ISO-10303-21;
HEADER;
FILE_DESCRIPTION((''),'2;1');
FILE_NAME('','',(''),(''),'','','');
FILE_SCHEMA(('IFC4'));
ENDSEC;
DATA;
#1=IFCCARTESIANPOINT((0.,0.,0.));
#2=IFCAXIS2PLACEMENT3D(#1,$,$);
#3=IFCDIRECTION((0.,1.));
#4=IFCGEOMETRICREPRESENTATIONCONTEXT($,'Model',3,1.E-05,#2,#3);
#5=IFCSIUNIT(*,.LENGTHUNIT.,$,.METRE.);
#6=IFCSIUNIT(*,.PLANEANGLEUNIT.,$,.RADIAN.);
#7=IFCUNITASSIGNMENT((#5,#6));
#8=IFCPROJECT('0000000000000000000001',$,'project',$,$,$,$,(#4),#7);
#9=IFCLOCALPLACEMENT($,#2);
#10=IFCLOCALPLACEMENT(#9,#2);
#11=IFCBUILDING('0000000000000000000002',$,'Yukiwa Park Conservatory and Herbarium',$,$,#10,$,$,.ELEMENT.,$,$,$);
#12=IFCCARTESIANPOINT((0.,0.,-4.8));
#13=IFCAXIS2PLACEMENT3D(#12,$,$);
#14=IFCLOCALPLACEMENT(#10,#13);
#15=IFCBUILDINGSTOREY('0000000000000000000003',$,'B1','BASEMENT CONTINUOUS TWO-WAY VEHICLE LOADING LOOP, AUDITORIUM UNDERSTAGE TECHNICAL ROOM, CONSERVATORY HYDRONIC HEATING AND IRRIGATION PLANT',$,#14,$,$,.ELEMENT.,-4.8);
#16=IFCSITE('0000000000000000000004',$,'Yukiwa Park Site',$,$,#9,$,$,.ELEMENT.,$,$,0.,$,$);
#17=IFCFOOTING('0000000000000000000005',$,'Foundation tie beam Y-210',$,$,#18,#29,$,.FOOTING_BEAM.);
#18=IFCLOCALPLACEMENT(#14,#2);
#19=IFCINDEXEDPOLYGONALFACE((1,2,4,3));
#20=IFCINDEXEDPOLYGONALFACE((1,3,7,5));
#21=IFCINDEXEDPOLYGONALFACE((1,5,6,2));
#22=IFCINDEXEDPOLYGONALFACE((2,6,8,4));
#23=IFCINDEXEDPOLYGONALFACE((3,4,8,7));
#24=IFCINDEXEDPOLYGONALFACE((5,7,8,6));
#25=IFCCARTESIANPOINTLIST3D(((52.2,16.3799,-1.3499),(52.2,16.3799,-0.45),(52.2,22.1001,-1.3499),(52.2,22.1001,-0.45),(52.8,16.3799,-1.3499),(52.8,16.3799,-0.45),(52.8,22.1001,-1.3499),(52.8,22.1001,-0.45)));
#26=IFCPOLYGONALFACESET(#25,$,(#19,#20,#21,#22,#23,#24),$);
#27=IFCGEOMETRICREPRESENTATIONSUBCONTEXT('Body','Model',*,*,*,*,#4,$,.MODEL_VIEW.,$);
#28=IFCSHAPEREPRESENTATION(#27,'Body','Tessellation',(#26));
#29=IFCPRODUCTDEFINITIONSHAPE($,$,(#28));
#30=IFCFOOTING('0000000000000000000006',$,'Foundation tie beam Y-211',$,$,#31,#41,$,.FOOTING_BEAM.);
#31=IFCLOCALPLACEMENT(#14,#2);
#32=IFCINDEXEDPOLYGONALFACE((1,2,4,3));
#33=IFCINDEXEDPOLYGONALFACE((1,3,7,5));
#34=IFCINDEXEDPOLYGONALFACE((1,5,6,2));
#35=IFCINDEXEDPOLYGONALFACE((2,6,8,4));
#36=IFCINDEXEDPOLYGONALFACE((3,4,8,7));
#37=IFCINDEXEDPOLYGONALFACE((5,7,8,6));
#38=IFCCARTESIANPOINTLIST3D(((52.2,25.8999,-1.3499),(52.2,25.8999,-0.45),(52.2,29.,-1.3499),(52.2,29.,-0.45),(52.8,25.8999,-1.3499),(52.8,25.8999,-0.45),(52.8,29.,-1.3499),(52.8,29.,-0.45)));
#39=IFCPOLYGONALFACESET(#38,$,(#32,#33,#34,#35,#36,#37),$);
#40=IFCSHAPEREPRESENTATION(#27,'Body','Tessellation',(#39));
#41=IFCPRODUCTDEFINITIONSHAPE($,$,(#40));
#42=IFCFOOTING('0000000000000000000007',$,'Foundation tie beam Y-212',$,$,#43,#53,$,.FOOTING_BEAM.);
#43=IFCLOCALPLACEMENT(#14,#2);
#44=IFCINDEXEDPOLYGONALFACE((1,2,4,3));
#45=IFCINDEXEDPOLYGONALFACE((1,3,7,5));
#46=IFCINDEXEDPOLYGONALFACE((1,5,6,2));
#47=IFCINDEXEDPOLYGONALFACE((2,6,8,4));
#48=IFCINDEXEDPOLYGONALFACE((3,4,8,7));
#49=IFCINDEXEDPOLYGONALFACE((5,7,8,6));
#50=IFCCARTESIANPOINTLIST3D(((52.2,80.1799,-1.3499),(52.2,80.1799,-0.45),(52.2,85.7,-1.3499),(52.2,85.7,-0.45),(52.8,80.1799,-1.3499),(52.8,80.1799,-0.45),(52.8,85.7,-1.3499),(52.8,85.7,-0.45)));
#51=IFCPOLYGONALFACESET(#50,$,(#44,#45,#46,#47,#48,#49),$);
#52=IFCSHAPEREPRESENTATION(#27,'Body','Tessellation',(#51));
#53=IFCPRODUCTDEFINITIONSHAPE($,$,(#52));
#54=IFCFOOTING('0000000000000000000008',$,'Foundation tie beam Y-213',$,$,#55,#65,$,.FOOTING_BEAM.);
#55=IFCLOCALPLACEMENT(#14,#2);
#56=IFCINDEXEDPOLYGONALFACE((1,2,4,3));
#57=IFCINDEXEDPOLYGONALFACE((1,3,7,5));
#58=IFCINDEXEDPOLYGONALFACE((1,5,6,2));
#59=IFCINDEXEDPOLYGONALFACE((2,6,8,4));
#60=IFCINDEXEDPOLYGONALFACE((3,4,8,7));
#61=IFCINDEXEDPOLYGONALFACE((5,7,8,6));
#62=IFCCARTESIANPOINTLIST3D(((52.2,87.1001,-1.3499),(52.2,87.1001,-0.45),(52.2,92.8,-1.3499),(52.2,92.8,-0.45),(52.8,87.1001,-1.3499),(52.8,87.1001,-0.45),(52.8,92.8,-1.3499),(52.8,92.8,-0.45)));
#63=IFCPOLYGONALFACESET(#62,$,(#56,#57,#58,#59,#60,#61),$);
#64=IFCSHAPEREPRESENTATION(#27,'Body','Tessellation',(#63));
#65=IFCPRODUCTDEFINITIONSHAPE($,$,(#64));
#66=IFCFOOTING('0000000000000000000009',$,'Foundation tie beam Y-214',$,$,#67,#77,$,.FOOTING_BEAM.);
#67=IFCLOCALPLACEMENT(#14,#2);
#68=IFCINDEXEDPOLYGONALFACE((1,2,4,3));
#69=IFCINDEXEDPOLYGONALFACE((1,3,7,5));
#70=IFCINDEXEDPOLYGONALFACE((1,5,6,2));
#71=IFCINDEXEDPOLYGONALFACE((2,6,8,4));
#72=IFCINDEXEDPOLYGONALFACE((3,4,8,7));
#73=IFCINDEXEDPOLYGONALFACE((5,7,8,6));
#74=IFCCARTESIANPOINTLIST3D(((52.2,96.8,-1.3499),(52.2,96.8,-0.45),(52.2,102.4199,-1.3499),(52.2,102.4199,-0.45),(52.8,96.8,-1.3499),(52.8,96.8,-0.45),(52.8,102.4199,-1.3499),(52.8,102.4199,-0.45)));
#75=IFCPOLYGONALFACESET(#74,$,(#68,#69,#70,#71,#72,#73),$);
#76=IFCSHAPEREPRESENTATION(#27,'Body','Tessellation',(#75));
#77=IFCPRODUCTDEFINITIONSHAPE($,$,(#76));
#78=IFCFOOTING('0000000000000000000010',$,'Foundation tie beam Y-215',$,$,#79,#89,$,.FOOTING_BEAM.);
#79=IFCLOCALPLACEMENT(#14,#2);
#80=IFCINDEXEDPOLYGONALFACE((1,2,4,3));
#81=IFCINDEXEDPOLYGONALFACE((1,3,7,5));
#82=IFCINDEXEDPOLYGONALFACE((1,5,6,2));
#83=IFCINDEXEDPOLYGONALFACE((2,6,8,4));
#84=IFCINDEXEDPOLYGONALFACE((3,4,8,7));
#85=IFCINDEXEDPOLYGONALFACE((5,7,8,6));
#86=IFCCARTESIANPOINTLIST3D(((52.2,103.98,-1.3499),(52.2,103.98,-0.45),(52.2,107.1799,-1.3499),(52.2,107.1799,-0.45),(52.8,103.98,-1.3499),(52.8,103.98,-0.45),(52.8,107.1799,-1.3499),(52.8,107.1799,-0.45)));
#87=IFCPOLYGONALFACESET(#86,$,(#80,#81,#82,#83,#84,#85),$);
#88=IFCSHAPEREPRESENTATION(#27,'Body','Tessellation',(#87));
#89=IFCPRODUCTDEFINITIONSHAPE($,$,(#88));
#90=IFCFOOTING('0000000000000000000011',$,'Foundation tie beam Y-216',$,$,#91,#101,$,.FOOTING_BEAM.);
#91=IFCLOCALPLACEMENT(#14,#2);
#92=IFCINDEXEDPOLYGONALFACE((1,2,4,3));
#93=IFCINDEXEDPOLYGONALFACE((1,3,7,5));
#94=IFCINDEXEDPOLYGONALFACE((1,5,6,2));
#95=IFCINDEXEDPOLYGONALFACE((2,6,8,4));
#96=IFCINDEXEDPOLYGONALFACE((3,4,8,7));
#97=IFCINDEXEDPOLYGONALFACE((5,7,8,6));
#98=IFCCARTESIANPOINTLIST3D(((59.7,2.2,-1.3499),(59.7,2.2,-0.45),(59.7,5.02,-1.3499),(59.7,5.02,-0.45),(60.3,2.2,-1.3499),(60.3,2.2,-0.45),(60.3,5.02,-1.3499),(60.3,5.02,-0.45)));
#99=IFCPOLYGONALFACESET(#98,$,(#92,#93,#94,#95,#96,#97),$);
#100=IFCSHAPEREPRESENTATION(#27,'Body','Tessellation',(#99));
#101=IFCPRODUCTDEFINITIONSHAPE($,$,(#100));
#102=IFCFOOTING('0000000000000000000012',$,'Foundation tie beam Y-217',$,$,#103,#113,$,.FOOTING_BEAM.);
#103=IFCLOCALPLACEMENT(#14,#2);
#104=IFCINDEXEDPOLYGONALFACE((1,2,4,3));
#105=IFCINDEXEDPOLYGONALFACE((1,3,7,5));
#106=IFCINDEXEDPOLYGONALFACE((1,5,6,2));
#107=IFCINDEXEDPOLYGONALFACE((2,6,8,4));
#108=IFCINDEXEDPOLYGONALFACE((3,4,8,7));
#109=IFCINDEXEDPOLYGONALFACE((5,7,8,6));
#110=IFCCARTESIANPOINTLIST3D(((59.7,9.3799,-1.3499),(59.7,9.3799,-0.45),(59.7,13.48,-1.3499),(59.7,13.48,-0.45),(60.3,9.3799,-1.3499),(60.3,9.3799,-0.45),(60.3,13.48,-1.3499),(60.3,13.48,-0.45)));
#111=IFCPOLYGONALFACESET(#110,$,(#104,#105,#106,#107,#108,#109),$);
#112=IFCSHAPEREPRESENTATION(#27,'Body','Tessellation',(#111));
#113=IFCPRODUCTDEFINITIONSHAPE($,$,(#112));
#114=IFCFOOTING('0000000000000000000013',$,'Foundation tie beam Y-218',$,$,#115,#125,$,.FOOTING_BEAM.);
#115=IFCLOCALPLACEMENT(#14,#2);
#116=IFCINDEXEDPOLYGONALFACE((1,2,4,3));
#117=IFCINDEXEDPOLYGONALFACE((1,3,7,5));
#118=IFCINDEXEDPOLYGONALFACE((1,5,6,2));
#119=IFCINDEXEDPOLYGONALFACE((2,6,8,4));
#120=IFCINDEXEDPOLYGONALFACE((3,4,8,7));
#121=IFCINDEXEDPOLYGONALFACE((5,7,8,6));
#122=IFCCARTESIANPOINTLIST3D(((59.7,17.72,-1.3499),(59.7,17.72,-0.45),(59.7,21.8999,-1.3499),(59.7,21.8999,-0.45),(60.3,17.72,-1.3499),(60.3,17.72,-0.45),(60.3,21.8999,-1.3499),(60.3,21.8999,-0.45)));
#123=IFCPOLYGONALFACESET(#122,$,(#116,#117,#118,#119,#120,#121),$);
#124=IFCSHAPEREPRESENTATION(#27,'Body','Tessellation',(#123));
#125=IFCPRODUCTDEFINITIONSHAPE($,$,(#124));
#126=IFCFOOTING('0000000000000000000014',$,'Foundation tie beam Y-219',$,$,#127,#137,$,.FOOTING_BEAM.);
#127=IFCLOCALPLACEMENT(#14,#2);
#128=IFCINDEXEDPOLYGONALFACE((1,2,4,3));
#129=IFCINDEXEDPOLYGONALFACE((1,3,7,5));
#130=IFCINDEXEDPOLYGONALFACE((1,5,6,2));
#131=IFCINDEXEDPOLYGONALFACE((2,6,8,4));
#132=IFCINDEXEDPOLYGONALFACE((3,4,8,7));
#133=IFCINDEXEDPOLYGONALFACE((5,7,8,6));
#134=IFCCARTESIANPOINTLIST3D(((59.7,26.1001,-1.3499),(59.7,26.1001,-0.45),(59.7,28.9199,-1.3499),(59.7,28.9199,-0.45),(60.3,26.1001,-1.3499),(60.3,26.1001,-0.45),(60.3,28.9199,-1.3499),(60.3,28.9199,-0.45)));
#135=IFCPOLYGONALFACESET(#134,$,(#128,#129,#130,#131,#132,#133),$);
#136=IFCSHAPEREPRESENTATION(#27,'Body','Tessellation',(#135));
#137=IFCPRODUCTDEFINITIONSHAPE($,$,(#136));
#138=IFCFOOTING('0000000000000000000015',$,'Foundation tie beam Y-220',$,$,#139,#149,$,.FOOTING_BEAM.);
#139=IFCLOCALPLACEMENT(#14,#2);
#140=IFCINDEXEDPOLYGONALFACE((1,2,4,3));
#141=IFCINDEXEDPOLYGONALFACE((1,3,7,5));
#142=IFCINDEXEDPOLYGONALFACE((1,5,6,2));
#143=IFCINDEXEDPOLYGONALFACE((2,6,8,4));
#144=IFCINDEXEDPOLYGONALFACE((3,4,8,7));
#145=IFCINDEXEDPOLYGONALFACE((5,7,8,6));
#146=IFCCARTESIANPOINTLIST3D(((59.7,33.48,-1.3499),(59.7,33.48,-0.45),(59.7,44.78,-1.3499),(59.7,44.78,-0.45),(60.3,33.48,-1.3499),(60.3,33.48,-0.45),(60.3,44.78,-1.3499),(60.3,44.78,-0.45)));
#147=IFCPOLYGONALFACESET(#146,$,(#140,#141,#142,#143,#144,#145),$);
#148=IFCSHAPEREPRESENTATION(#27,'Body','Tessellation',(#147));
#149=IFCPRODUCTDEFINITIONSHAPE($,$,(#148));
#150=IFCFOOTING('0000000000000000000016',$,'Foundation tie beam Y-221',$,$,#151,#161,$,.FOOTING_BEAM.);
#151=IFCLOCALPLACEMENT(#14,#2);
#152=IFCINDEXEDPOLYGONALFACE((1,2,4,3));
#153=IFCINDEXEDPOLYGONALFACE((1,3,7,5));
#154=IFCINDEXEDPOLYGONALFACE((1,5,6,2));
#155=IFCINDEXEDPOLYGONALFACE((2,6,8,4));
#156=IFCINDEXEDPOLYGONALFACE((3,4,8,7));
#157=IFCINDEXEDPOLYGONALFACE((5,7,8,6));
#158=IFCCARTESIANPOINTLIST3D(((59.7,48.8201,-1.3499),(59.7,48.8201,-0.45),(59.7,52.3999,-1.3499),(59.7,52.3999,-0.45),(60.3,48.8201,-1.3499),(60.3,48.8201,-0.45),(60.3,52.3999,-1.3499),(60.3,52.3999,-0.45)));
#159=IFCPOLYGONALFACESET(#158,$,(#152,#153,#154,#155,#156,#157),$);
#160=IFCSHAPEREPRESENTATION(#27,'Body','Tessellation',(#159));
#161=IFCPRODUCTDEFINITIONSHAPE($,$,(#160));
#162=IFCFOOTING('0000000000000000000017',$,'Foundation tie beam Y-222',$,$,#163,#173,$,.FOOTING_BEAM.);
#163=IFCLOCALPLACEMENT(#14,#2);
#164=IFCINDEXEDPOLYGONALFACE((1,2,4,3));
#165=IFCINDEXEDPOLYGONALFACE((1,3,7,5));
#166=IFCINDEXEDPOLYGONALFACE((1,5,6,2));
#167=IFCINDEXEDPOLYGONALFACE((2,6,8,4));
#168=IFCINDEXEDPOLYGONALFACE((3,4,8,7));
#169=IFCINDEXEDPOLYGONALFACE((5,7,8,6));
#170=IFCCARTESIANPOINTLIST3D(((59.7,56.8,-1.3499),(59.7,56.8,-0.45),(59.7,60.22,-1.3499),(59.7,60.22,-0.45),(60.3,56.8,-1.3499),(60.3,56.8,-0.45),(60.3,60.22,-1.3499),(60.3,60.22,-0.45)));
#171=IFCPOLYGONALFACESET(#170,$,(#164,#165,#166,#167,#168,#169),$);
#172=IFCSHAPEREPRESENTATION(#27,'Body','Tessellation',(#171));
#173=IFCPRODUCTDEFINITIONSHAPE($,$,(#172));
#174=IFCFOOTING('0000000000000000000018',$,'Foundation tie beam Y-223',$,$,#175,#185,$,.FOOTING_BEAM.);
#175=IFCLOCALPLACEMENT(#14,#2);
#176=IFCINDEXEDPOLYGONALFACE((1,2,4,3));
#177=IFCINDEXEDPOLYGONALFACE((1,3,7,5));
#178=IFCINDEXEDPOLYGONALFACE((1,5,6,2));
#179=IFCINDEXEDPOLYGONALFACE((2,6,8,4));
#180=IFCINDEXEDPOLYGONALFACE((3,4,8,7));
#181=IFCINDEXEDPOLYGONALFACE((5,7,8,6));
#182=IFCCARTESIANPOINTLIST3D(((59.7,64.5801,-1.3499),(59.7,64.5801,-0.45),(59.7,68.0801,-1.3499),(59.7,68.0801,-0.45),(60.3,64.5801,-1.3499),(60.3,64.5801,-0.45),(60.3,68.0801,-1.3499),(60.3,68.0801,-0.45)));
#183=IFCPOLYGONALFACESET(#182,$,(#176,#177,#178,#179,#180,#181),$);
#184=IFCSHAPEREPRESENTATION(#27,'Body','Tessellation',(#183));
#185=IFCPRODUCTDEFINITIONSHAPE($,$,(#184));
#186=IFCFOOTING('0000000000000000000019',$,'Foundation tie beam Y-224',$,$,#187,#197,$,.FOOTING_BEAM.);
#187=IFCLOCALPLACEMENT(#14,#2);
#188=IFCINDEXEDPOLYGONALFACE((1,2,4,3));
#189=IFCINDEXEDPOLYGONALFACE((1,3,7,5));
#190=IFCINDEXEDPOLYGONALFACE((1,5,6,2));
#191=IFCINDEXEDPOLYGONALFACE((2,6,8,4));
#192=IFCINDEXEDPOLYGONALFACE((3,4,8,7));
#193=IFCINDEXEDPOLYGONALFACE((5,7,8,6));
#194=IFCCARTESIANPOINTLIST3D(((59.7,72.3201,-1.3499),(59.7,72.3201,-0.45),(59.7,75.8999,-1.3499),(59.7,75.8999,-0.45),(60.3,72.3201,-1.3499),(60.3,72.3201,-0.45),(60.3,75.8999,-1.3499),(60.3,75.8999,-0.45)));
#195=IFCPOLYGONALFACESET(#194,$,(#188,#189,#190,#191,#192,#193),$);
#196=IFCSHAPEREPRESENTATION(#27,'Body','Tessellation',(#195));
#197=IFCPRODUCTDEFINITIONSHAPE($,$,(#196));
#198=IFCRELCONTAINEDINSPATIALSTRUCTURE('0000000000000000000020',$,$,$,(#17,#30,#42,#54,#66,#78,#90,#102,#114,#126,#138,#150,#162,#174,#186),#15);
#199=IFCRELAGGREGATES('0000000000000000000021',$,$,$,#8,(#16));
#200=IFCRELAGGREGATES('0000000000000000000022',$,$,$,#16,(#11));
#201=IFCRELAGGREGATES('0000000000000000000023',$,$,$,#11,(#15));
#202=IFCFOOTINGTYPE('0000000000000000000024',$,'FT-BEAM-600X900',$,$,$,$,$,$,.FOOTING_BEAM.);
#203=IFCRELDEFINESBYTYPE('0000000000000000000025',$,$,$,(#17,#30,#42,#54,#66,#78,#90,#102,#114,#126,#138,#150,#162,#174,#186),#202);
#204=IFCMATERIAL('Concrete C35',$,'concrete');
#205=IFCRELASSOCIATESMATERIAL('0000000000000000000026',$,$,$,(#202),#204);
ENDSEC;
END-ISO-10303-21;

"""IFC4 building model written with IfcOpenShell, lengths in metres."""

from ifc_helpers import new_model, si_unit, direction, frame, origin, place, context, subcontext, project, spatial, polyline, outline, extrude, material, type_object, element, save


model = new_model("IFC4")

# Units and contexts
model_context = context("Model", 3, precision=1e-05, world=origin(), true_north=direction((0.0, 1.0)))
body_context = subcontext(model_context, "Body", "Model", "MODEL_VIEW")
ifc_project = project(units=[si_unit("LENGTHUNIT", "METRE"), si_unit("PLANEANGLEUNIT", "RADIAN")], contexts=[model_context])

# Site, building, storey
site_placement = place(None, origin())
site = spatial("IfcSite", under=ifc_project, at=site_placement, Name="Yukiwa Park Site", CompositionType="ELEMENT", RefElevation=0.0)
building_placement = place(site_placement, origin())
building = spatial("IfcBuilding", under=site, at=building_placement, Name="Yukiwa Park Conservatory and Herbarium", CompositionType="ELEMENT")
storey_placement = place(building_placement, frame((0.0, 0.0, -4.8)))
storey = spatial("IfcBuildingStorey", under=building, at=storey_placement, Name="B1", Description="BASEMENT CONTINUOUS TWO-WAY VEHICLE LOADING LOOP, AUDITORIUM UNDERSTAGE TECHNICAL ROOM, CONSERVATORY HYDRONIC HEATING AND IRRIGATION PLANT", CompositionType="ELEMENT", Elevation=-4.8)

# Footings
ifc_material = material(Name="Concrete C35", Category="concrete")
footing_type = type_object("IfcFootingType", Name="FT-BEAM-600X900", PredefinedType="FOOTING_BEAM", material=ifc_material)
footing_1_placement = place(storey_placement, frame((0.0, 0.0, -1.3499)))
element("IfcFooting", 1, at=footing_1_placement, inside=storey, type_object=footing_type, Name="Foundation tie beam Y-210", PredefinedType="FOOTING_BEAM", context=body_context, shape_type="SweptSolid", body=[
    extrude(outline(polyline([(52.2, 16.3799), (52.8, 16.3799), (52.8, 22.1001), (52.2, 22.1001), (52.2, 16.3799)])), origin(), (0.0, 0.0, 1.0), 0.8999),
])
footing_2_placement = place(storey_placement, frame((0.0, 0.0, -1.3499)))
element("IfcFooting", 2, at=footing_2_placement, inside=storey, type_object=footing_type, Name="Foundation tie beam Y-211", PredefinedType="FOOTING_BEAM", context=body_context, shape_type="SweptSolid", body=[
    extrude(outline(polyline([(52.2, 25.8999), (52.8, 25.8999), (52.8, 29.0), (52.2, 29.0), (52.2, 25.8999)])), origin(), (0.0, 0.0, 1.0), 0.8999),
])
footing_3_placement = place(storey_placement, frame((0.0, 0.0, -1.3499)))
element("IfcFooting", 3, at=footing_3_placement, inside=storey, type_object=footing_type, Name="Foundation tie beam Y-212", PredefinedType="FOOTING_BEAM", context=body_context, shape_type="SweptSolid", body=[
    extrude(outline(polyline([(52.2, 80.1799), (52.8, 80.1799), (52.8, 85.7), (52.2, 85.7), (52.2, 80.1799)])), origin(), (0.0, 0.0, 1.0), 0.8999),
])
footing_4_placement = place(storey_placement, frame((0.0, 0.0, -1.3499)))
element("IfcFooting", 4, at=footing_4_placement, inside=storey, type_object=footing_type, Name="Foundation tie beam Y-213", PredefinedType="FOOTING_BEAM", context=body_context, shape_type="SweptSolid", body=[
    extrude(outline(polyline([(52.2, 87.1001), (52.8, 87.1001), (52.8, 92.8), (52.2, 92.8), (52.2, 87.1001)])), origin(), (0.0, 0.0, 1.0), 0.8999),
])
footing_5_placement = place(storey_placement, frame((0.0, 0.0, -1.3499)))
element("IfcFooting", 5, at=footing_5_placement, inside=storey, type_object=footing_type, Name="Foundation tie beam Y-214", PredefinedType="FOOTING_BEAM", context=body_context, shape_type="SweptSolid", body=[
    extrude(outline(polyline([(52.2, 96.8), (52.8, 96.8), (52.8, 102.4199), (52.2, 102.4199), (52.2, 96.8)])), origin(), (0.0, 0.0, 1.0), 0.8999),
])
footing_6_placement = place(storey_placement, frame((0.0, 0.0, -1.3499)))
element("IfcFooting", 6, at=footing_6_placement, inside=storey, type_object=footing_type, Name="Foundation tie beam Y-215", PredefinedType="FOOTING_BEAM", context=body_context, shape_type="SweptSolid", body=[
    extrude(outline(polyline([(52.2, 103.98), (52.8, 103.98), (52.8, 107.1799), (52.2, 107.1799), (52.2, 103.98)])), origin(), (0.0, 0.0, 1.0), 0.8999),
])
footing_7_placement = place(storey_placement, frame((0.0, 0.0, -1.3499)))
element("IfcFooting", 7, at=footing_7_placement, inside=storey, type_object=footing_type, Name="Foundation tie beam Y-216", PredefinedType="FOOTING_BEAM", context=body_context, shape_type="SweptSolid", body=[
    extrude(outline(polyline([(59.7, 2.2), (60.3, 2.2), (60.3, 5.02), (59.7, 5.02), (59.7, 2.2)])), origin(), (0.0, 0.0, 1.0), 0.8999),
])
footing_8_placement = place(storey_placement, frame((0.0, 0.0, -1.3499)))
element("IfcFooting", 8, at=footing_8_placement, inside=storey, type_object=footing_type, Name="Foundation tie beam Y-217", PredefinedType="FOOTING_BEAM", context=body_context, shape_type="SweptSolid", body=[
    extrude(outline(polyline([(59.7, 9.3799), (60.3, 9.3799), (60.3, 13.48), (59.7, 13.48), (59.7, 9.3799)])), origin(), (0.0, 0.0, 1.0), 0.8999),
])
footing_9_placement = place(storey_placement, frame((0.0, 0.0, -1.3499)))
element("IfcFooting", 9, at=footing_9_placement, inside=storey, type_object=footing_type, Name="Foundation tie beam Y-218", PredefinedType="FOOTING_BEAM", context=body_context, shape_type="SweptSolid", body=[
    extrude(outline(polyline([(59.7, 17.72), (60.3, 17.72), (60.3, 21.8999), (59.7, 21.8999), (59.7, 17.72)])), origin(), (0.0, 0.0, 1.0), 0.8999),
])
footing_10_placement = place(storey_placement, frame((0.0, 0.0, -1.3499)))
element("IfcFooting", 10, at=footing_10_placement, inside=storey, type_object=footing_type, Name="Foundation tie beam Y-219", PredefinedType="FOOTING_BEAM", context=body_context, shape_type="SweptSolid", body=[
    extrude(outline(polyline([(59.7, 26.1001), (60.3, 26.1001), (60.3, 28.9199), (59.7, 28.9199), (59.7, 26.1001)])), origin(), (0.0, 0.0, 1.0), 0.8999),
])
footing_11_placement = place(storey_placement, frame((0.0, 0.0, -1.3499)))
element("IfcFooting", 11, at=footing_11_placement, inside=storey, type_object=footing_type, Name="Foundation tie beam Y-220", PredefinedType="FOOTING_BEAM", context=body_context, shape_type="SweptSolid", body=[
    extrude(outline(polyline([(59.7, 33.48), (60.3, 33.48), (60.3, 44.78), (59.7, 44.78), (59.7, 33.48)])), origin(), (0.0, 0.0, 1.0), 0.8999),
])
footing_12_placement = place(storey_placement, frame((0.0, 0.0, -1.3499)))
element("IfcFooting", 12, at=footing_12_placement, inside=storey, type_object=footing_type, Name="Foundation tie beam Y-221", PredefinedType="FOOTING_BEAM", context=body_context, shape_type="SweptSolid", body=[
    extrude(outline(polyline([(59.7, 48.8201), (60.3, 48.8201), (60.3, 52.3999), (59.7, 52.3999), (59.7, 48.8201)])), origin(), (0.0, 0.0, 1.0), 0.8999),
])
footing_13_placement = place(storey_placement, frame((0.0, 0.0, -1.3499)))
element("IfcFooting", 13, at=footing_13_placement, inside=storey, type_object=footing_type, Name="Foundation tie beam Y-222", PredefinedType="FOOTING_BEAM", context=body_context, shape_type="SweptSolid", body=[
    extrude(outline(polyline([(59.7, 56.8), (60.3, 56.8), (60.3, 60.22), (59.7, 60.22), (59.7, 56.8)])), origin(), (0.0, 0.0, 1.0), 0.8999),
])
footing_14_placement = place(storey_placement, frame((0.0, 0.0, -1.3499)))
element("IfcFooting", 14, at=footing_14_placement, inside=storey, type_object=footing_type, Name="Foundation tie beam Y-223", PredefinedType="FOOTING_BEAM", context=body_context, shape_type="SweptSolid", body=[
    extrude(outline(polyline([(59.7, 64.5801), (60.3, 64.5801), (60.3, 68.0801), (59.7, 68.0801), (59.7, 64.5801)])), origin(), (0.0, 0.0, 1.0), 0.8999),
])
footing_15_placement = place(storey_placement, frame((0.0, 0.0, -1.3499)))
element("IfcFooting", 15, at=footing_15_placement, inside=storey, type_object=footing_type, Name="Foundation tie beam Y-224", PredefinedType="FOOTING_BEAM", context=body_context, shape_type="SweptSolid", body=[
    extrude(outline(polyline([(59.7, 72.3201), (60.3, 72.3201), (60.3, 75.8999), (59.7, 75.8999), (59.7, 72.3201)])), origin(), (0.0, 0.0, 1.0), 0.8999),
])

save(model, "model.ifc")
